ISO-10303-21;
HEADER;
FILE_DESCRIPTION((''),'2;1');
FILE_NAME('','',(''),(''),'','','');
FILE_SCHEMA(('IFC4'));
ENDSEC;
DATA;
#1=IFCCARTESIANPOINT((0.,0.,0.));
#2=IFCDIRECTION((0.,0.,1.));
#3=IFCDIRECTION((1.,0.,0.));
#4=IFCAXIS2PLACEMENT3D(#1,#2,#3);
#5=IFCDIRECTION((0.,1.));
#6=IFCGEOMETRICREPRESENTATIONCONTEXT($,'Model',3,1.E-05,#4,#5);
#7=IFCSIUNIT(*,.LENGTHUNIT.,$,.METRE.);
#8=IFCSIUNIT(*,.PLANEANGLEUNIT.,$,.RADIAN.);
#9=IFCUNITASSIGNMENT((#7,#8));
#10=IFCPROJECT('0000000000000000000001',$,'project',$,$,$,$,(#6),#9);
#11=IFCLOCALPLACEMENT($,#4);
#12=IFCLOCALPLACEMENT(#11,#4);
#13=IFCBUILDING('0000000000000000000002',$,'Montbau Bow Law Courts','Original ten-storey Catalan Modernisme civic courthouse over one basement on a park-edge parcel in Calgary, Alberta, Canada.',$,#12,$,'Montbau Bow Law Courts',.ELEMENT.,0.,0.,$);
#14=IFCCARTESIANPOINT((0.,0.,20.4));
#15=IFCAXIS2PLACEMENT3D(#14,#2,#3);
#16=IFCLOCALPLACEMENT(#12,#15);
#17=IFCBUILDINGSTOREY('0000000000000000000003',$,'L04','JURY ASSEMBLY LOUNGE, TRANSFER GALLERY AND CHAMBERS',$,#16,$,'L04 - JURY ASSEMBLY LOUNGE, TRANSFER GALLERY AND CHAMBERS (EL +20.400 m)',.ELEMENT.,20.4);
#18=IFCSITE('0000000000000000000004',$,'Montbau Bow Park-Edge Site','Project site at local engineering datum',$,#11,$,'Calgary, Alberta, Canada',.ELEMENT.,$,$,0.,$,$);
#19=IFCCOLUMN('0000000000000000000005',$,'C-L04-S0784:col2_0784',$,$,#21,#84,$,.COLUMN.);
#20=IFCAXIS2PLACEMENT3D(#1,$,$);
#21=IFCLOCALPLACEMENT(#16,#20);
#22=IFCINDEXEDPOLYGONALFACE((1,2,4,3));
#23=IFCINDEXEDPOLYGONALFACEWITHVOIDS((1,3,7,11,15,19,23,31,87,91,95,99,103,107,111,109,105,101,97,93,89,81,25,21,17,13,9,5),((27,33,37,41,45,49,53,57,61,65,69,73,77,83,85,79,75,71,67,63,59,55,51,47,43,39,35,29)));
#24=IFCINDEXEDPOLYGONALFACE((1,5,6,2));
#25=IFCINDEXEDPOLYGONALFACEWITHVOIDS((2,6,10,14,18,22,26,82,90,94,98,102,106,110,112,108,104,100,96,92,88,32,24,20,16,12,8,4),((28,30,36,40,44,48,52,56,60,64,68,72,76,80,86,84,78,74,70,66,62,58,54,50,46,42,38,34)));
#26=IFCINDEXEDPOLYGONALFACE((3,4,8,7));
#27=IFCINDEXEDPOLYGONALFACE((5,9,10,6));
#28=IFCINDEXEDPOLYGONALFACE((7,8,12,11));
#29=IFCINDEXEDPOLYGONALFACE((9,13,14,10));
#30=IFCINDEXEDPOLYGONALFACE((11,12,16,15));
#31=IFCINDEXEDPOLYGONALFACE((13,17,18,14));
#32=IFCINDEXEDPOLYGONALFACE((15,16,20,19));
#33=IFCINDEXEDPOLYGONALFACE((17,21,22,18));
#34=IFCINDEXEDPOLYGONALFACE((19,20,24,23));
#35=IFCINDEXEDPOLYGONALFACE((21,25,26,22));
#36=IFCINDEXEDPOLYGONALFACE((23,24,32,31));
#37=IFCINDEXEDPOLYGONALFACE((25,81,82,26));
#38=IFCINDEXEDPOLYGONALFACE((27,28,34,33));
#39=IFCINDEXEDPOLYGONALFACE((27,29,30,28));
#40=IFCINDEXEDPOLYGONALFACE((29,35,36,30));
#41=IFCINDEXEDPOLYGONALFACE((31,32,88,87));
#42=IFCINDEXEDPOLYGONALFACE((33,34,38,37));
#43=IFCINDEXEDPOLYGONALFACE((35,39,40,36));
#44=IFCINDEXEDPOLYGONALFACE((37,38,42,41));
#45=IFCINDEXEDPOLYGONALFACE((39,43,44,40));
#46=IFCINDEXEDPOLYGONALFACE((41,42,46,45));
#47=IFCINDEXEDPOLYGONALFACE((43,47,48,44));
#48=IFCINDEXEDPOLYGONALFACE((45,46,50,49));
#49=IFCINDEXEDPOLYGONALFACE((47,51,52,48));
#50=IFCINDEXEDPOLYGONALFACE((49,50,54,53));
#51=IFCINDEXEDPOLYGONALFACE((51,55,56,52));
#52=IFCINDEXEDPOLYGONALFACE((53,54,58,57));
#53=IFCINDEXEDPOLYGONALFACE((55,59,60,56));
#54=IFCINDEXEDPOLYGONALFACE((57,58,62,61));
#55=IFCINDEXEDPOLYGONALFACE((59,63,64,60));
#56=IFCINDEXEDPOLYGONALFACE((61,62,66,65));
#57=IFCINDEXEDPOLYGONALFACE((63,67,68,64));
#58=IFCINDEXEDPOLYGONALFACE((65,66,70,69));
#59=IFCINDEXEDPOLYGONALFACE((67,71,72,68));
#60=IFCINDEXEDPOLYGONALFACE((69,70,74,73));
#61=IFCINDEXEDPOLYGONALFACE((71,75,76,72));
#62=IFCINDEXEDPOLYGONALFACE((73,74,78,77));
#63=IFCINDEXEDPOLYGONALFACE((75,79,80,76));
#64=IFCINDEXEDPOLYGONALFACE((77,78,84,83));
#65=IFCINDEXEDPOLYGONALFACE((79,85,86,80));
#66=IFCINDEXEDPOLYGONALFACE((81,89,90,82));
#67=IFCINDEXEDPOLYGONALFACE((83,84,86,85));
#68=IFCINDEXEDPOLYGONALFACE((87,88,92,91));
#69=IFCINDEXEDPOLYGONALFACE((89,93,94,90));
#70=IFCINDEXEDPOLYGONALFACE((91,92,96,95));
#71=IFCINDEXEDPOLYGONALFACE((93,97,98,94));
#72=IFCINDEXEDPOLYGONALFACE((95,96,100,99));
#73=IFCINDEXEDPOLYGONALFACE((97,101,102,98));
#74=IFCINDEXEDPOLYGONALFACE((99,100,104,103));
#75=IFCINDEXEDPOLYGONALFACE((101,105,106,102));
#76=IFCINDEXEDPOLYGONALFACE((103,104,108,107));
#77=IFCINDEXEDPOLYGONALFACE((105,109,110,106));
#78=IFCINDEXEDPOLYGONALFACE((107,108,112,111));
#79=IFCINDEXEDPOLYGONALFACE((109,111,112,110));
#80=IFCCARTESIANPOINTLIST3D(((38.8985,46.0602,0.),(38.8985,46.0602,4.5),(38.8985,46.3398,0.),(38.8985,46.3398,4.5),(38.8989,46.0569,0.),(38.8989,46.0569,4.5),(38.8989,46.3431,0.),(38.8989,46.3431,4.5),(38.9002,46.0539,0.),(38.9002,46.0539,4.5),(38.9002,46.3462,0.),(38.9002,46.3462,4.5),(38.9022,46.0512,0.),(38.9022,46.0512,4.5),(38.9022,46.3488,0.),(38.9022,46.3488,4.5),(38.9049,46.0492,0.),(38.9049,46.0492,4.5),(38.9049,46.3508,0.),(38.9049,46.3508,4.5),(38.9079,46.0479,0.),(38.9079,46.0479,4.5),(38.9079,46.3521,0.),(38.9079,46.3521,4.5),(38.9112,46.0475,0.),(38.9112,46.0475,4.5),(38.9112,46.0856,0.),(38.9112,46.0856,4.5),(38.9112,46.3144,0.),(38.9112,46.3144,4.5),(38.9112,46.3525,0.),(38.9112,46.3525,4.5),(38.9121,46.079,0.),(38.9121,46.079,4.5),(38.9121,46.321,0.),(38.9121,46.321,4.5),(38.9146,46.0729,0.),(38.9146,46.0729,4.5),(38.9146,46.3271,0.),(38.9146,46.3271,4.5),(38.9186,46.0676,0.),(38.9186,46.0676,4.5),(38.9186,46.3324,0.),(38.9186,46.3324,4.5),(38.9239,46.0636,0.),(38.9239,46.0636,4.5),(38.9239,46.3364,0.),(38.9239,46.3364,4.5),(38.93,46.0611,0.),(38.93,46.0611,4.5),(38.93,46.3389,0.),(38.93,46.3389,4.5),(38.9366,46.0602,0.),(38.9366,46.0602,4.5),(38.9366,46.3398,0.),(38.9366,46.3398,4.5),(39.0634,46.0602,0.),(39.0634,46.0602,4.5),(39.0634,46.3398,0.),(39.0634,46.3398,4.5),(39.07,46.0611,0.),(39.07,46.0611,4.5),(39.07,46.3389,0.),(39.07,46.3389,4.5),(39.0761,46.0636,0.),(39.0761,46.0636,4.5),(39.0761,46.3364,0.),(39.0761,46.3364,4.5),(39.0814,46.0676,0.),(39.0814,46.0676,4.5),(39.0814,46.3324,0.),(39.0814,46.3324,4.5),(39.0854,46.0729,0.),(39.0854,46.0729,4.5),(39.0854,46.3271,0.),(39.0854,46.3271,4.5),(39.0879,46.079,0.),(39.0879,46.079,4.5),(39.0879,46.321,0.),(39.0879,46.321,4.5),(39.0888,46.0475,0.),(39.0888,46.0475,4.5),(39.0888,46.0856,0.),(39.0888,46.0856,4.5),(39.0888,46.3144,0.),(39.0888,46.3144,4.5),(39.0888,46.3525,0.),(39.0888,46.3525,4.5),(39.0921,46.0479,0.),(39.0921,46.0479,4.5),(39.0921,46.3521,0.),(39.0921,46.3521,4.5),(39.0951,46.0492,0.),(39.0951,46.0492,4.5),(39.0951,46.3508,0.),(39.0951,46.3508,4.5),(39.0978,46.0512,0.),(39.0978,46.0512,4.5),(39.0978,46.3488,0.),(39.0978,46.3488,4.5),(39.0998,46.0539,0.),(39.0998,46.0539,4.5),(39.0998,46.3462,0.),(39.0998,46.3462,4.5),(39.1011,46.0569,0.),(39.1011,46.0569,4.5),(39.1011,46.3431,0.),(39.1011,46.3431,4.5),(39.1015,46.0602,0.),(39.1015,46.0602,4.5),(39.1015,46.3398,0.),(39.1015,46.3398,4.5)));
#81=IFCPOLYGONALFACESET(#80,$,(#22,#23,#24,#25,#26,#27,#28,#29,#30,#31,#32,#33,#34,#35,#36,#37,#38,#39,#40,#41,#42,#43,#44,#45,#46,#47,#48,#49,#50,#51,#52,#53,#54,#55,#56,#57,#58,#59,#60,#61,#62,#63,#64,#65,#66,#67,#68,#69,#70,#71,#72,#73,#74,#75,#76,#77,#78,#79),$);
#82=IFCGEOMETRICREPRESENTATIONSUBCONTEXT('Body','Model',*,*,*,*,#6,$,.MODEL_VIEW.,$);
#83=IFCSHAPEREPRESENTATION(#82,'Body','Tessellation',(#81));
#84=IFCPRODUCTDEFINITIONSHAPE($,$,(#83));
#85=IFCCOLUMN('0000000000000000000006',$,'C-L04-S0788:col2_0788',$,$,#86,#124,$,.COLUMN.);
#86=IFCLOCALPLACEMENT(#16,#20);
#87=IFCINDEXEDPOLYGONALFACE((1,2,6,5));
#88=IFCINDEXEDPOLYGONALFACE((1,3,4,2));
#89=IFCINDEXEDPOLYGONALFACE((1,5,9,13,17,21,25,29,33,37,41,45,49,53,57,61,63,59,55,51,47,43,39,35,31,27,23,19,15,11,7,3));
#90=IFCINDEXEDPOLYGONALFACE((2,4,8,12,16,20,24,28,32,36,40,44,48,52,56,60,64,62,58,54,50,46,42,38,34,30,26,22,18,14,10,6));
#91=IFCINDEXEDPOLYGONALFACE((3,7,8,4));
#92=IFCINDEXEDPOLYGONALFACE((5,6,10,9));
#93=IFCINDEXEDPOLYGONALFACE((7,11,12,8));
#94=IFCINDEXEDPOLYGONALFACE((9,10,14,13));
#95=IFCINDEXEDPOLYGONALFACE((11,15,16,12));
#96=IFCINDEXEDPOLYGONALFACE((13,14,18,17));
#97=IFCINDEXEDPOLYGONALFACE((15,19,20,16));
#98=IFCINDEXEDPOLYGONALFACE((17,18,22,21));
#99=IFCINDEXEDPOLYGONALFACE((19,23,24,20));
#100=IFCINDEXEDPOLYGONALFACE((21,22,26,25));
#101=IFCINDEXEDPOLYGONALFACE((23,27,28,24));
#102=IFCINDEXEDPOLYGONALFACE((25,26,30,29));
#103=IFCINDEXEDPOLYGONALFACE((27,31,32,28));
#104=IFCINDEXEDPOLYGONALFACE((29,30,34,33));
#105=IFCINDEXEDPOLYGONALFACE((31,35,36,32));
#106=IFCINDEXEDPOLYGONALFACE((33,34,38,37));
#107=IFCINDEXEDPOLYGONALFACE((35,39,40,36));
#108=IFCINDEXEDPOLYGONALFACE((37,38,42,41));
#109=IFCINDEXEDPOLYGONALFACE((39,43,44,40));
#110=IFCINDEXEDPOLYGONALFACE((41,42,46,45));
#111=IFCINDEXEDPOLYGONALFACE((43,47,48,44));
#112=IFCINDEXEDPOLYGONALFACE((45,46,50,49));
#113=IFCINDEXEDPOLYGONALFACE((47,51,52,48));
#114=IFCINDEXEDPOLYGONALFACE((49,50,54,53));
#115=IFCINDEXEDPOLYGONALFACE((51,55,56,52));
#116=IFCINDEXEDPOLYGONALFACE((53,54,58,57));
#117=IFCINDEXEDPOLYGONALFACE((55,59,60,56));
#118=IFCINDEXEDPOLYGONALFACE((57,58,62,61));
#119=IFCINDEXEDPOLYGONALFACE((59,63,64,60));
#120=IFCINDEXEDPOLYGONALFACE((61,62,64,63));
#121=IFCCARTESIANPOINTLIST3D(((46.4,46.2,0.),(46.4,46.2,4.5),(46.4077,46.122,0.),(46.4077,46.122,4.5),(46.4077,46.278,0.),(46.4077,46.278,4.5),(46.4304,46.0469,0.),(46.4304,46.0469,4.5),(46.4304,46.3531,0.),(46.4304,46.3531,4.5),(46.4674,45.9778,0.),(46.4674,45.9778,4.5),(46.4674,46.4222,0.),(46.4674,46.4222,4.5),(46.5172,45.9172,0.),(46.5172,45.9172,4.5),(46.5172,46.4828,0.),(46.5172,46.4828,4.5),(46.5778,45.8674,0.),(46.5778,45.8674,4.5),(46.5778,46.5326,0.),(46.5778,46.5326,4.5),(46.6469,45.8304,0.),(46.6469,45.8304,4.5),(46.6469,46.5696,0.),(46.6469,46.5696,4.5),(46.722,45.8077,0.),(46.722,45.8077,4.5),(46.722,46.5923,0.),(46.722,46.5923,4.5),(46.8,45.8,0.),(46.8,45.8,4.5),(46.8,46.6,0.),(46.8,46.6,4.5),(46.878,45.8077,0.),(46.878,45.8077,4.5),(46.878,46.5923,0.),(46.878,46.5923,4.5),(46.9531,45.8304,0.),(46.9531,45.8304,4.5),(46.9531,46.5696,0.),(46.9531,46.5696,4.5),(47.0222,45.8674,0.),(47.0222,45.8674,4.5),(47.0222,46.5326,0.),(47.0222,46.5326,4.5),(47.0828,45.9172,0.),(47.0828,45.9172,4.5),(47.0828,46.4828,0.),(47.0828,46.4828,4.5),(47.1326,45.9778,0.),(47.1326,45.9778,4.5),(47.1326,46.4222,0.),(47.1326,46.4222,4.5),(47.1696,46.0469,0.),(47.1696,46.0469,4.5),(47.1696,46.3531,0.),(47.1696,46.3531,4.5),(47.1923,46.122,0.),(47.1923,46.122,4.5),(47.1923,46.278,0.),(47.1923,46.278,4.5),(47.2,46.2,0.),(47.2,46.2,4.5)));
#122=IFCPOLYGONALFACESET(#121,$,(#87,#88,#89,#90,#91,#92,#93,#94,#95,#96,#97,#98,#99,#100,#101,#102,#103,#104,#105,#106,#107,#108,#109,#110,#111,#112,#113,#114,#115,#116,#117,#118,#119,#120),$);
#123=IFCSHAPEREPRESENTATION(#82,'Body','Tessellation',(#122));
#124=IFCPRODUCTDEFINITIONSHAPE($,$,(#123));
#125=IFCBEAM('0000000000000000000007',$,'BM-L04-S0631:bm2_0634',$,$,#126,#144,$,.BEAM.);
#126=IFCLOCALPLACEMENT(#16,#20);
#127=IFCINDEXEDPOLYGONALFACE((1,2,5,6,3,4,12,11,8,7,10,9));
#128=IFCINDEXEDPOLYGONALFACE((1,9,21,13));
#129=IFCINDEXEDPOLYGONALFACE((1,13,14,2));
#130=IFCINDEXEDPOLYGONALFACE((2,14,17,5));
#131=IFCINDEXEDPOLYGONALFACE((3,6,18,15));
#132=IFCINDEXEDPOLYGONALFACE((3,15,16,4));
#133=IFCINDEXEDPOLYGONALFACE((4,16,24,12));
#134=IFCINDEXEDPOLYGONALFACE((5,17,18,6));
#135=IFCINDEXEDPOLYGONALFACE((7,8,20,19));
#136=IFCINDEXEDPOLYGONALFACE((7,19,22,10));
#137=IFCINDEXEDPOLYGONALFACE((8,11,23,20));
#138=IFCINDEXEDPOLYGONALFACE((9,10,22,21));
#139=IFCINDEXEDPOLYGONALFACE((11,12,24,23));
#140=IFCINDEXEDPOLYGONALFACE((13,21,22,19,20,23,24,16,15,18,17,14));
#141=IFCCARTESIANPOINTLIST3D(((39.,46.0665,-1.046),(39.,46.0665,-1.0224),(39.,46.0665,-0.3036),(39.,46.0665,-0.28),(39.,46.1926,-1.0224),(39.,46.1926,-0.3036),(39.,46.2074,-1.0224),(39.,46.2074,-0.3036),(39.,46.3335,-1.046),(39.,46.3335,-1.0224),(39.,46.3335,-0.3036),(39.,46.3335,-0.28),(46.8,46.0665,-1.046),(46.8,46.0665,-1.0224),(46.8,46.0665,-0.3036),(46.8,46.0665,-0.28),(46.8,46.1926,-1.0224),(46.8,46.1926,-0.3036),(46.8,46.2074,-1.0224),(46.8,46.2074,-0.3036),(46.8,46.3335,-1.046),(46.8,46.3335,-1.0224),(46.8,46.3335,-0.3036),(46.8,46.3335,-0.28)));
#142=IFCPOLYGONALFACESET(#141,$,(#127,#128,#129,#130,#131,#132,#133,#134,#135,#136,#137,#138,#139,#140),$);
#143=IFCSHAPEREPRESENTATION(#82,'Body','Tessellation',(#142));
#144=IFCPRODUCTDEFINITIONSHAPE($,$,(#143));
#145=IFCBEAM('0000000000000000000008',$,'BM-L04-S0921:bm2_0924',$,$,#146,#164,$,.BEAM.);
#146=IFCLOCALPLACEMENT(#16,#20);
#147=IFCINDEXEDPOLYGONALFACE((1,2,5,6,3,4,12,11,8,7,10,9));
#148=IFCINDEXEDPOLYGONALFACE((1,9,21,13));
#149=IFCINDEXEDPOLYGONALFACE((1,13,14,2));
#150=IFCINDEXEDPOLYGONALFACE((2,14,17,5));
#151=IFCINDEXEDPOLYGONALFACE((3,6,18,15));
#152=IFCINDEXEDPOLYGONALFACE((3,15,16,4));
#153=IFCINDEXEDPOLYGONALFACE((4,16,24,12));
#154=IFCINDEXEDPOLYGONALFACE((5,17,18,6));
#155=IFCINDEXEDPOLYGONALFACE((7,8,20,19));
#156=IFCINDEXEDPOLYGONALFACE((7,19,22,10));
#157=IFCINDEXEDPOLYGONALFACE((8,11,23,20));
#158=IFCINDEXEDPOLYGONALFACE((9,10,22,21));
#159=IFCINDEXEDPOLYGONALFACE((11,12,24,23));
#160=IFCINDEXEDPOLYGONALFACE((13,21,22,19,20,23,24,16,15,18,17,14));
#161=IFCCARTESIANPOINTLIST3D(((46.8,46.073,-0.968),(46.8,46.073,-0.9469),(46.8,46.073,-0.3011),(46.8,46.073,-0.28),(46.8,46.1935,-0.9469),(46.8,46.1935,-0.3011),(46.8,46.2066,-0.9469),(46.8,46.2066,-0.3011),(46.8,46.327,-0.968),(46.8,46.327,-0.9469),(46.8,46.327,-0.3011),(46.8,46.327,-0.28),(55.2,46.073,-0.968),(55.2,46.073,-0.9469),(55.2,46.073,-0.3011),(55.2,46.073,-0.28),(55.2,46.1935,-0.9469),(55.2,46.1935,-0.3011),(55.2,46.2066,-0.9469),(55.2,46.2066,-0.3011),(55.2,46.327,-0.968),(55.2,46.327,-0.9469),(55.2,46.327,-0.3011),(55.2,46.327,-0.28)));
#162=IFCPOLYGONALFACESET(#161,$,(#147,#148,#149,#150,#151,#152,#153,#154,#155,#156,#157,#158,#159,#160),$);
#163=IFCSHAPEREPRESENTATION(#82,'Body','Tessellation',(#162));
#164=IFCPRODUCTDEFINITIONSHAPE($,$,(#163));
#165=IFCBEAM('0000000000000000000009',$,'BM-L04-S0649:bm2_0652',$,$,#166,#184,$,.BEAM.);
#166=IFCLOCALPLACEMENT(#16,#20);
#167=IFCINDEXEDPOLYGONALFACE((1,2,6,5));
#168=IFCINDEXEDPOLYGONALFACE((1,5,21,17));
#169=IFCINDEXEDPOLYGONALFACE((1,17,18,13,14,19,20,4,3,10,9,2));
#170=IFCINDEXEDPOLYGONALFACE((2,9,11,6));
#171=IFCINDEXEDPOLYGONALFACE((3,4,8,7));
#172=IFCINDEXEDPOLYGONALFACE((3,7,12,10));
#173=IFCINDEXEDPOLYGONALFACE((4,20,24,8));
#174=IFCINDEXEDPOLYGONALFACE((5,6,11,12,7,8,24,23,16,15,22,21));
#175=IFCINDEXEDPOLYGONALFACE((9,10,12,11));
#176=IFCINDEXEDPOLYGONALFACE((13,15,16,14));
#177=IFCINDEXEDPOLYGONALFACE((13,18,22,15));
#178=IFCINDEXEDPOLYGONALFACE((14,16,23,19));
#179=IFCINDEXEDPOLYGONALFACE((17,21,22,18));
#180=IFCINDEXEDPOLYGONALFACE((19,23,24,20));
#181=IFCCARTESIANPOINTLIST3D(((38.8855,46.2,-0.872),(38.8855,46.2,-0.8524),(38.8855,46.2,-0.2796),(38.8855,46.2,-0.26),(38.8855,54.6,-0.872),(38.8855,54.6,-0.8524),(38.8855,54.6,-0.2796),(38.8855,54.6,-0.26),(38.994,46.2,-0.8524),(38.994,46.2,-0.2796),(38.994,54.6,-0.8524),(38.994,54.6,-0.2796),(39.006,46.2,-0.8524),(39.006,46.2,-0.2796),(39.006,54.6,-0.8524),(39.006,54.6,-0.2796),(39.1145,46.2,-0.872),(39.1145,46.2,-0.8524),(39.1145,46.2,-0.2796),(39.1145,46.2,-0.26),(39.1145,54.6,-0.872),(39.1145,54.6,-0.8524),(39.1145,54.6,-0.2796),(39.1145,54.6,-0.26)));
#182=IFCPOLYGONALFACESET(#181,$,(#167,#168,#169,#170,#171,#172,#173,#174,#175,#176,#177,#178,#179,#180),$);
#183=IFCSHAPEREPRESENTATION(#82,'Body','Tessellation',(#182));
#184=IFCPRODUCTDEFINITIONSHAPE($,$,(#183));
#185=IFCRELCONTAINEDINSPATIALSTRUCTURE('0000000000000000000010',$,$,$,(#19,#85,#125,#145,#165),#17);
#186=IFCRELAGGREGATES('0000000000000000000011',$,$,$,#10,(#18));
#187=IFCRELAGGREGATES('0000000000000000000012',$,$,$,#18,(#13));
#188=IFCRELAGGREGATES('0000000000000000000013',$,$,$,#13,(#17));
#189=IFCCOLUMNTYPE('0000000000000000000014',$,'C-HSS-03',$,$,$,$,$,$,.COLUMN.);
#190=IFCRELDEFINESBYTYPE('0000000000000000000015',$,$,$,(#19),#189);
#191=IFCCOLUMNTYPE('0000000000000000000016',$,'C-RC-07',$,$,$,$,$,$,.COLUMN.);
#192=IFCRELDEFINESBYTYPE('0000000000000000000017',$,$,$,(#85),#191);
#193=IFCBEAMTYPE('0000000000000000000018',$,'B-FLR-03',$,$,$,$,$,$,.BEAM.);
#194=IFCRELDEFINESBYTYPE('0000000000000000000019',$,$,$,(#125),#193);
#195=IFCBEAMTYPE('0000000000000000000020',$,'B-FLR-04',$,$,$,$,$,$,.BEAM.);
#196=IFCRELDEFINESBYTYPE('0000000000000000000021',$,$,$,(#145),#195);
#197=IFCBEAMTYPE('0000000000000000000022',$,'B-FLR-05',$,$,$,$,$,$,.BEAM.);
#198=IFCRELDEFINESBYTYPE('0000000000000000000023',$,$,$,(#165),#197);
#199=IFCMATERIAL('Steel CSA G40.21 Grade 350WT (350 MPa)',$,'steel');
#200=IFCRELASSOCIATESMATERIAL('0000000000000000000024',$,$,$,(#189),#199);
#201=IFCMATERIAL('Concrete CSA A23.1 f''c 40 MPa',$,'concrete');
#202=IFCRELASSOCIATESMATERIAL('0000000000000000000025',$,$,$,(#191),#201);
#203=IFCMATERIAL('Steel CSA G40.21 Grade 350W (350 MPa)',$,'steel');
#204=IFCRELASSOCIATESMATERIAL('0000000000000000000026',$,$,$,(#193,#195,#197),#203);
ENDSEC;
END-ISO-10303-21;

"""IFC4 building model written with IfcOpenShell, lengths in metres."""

from ifc_helpers import new_model, si_unit, direction, frame, origin_with_axes, origin_2d_with_axis, place, context, subcontext, project, spatial, hollow_rectangle, circle, i_section, extrude, material, material_profile, profile_set, type_object, element, save


model = new_model("IFC4")

# Units and contexts
model_context = context("Model", 3, precision=1e-05, world=origin_with_axes(), true_north=direction((0.0, 1.0)))
body_context = subcontext(model_context, "Body", "Model", "MODEL_VIEW")
ifc_project = project(units=[si_unit("LENGTHUNIT", "METRE"), si_unit("PLANEANGLEUNIT", "RADIAN")], contexts=[model_context])

# Site, building, storey
site_placement = place(None, origin_with_axes())
site = spatial("IfcSite", under=ifc_project, at=site_placement, Name="Montbau Bow Park-Edge Site", Description="Project site at local engineering datum", LongName="Calgary, Alberta, Canada", CompositionType="ELEMENT", RefElevation=0.0)
building_placement = place(site_placement, origin_with_axes())
building = spatial("IfcBuilding", under=site, at=building_placement, Name="Montbau Bow Law Courts", Description="Original ten-storey Catalan Modernisme civic courthouse over one basement on a park-edge parcel in Calgary, Alberta, Canada.", LongName="Montbau Bow Law Courts", CompositionType="ELEMENT", ElevationOfRefHeight=0.0, ElevationOfTerrain=0.0)
storey_placement = place(building_placement, frame((0.0, 0.0, 20.4), z_axis=(0.0, 0.0, 1.0), x_axis=(1.0, 0.0, 0.0)))
storey = spatial("IfcBuildingStorey", under=building, at=storey_placement, Name="L04", Description="JURY ASSEMBLY LOUNGE, TRANSFER GALLERY AND CHAMBERS", LongName="L04 - JURY ASSEMBLY LOUNGE, TRANSFER GALLERY AND CHAMBERS (EL +20.400 m)", CompositionType="ELEMENT", Elevation=20.4)

# Columns
ifc_material_1 = material(Name="Steel CSA G40.21 Grade 350WT (350 MPa)", Category="steel")
ifc_material_profile_1 = material_profile(ifc_material_1, hollow_rectangle(XDim=0.203, YDim=0.305, WallThickness=0.0127, InnerFilletRadius=0.0254, OuterFilletRadius=0.0127, at=origin_2d_with_axis()), Name="HSS305X203X13", Category="Main", Priority=0)
ifc_profile_set_1 = profile_set([ifc_material_profile_1], Name="Steel CSA G40.21 Grade 350WT (350 MPa)")
column_type_1 = type_object("IfcColumnType", Name="C-HSS-03", PredefinedType="COLUMN", material=ifc_profile_set_1)
column_1_placement = place(None, frame((39.0, 46.2, 20.4), z_axis=(0.0, 0.0, 1.0), x_axis=(1.0, 0.0, 0.0)))
element("IfcColumn", 1, at=column_1_placement, inside=storey, type_object=column_type_1, Name="C-L04-S0784:col2_0784", PredefinedType="COLUMN", context=body_context, shape_type="SweptSolid", body=[
    extrude(hollow_rectangle(XDim=0.203, YDim=0.305, WallThickness=0.0127, InnerFilletRadius=0.0254, OuterFilletRadius=0.0127, at=origin_2d_with_axis()), origin_with_axes(), (0.0, 0.0, 1.0), 4.5),
])
ifc_material_2 = material(Name="Concrete CSA A23.1 f'c 40 MPa", Category="concrete")
ifc_material_profile_2 = material_profile(ifc_material_2, circle(Radius=0.4, at=origin_2d_with_axis()), Name="RC800D", Category="Main", Priority=0)
ifc_profile_set_2 = profile_set([ifc_material_profile_2], Name="Concrete CSA A23.1 f'c 40 MPa")
column_type_2 = type_object("IfcColumnType", Name="C-RC-07", PredefinedType="COLUMN", material=ifc_profile_set_2)
column_2_placement = place(None, frame((46.8, 46.2, 20.4), z_axis=(0.0, 0.0, 1.0), x_axis=(1.0, 0.0, 0.0)))
element("IfcColumn", 2, at=column_2_placement, inside=storey, type_object=column_type_2, Name="C-L04-S0788:col2_0788", PredefinedType="COLUMN", context=body_context, shape_type="SweptSolid", body=[
    extrude(circle(Radius=0.4, at=origin_2d_with_axis()), origin_with_axes(), (0.0, 0.0, 1.0), 4.5),
])

# Beams
ifc_material_3 = material(Name="Steel CSA G40.21 Grade 350W (350 MPa)", Category="steel")
ifc_material_profile_3 = material_profile(ifc_material_3, i_section(OverallWidth=0.267, OverallDepth=0.766, WebThickness=0.0149, FlangeThickness=0.0236, at=origin_2d_with_axis()), Name="W760X185", Category="Main", Priority=0)
ifc_profile_set_3 = profile_set([ifc_material_profile_3], Name="Steel CSA G40.21 Grade 350W (350 MPa)")
beam_type_1 = type_object("IfcBeamType", Name="B-FLR-03", PredefinedType="BEAM", material=ifc_profile_set_3)
beam_1_placement = place(None, frame((39.0, 46.2, 19.737), z_axis=(1.0, 0.0, 0.0), x_axis=(0.0, 1.0, 0.0)))
element("IfcBeam", 3, at=beam_1_placement, inside=storey, type_object=beam_type_1, Name="BM-L04-S0631:bm2_0634", PredefinedType="BEAM", context=body_context, shape_type="SweptSolid", body=[
    extrude(i_section(OverallWidth=0.267, OverallDepth=0.766, WebThickness=0.0149, FlangeThickness=0.0236, at=origin_2d_with_axis()), origin_with_axes(), (0.0, 0.0, 1.0), 7.8),
])
ifc_material_profile_4 = material_profile(ifc_material_3, i_section(OverallWidth=0.254, OverallDepth=0.688, WebThickness=0.0131, FlangeThickness=0.0211, at=origin_2d_with_axis()), Name="W690X152", Category="Main", Priority=0)
ifc_profile_set_4 = profile_set([ifc_material_profile_4], Name="Steel CSA G40.21 Grade 350W (350 MPa)")
beam_type_2 = type_object("IfcBeamType", Name="B-FLR-04", PredefinedType="BEAM", material=ifc_profile_set_4)
beam_2_placement = place(None, frame((46.8, 46.2, 19.776), z_axis=(1.0, 0.0, 0.0), x_axis=(0.0, 1.0, 0.0)))
element("IfcBeam", 4, at=beam_2_placement, inside=storey, type_object=beam_type_2, Name="BM-L04-S0921:bm2_0924", PredefinedType="BEAM", context=body_context, shape_type="SweptSolid", body=[
    extrude(i_section(OverallWidth=0.254, OverallDepth=0.688, WebThickness=0.0131, FlangeThickness=0.0211, at=origin_2d_with_axis()), origin_with_axes(), (0.0, 0.0, 1.0), 8.4),
])
ifc_material_profile_5 = material_profile(ifc_material_3, i_section(OverallWidth=0.229, OverallDepth=0.612, WebThickness=0.0119, FlangeThickness=0.0196, at=origin_2d_with_axis()), Name="W610X125", Category="Main", Priority=0)
ifc_profile_set_5 = profile_set([ifc_material_profile_5], Name="Steel CSA G40.21 Grade 350W (350 MPa)")
beam_type_3 = type_object("IfcBeamType", Name="B-FLR-05", PredefinedType="BEAM", material=ifc_profile_set_5)
beam_3_placement = place(None, frame((39.0, 46.2, 19.834), z_axis=(0.0, 1.0, 0.0), x_axis=(-1.0, 0.0, 0.0)))
element("IfcBeam", 5, at=beam_3_placement, inside=storey, type_object=beam_type_3, Name="BM-L04-S0649:bm2_0652", PredefinedType="BEAM", context=body_context, shape_type="SweptSolid", body=[
    extrude(i_section(OverallWidth=0.229, OverallDepth=0.612, WebThickness=0.0119, FlangeThickness=0.0196, at=origin_2d_with_axis()), origin_with_axes(), (0.0, 0.0, 1.0), 8.4),
])

save(model, "model.ifc")
